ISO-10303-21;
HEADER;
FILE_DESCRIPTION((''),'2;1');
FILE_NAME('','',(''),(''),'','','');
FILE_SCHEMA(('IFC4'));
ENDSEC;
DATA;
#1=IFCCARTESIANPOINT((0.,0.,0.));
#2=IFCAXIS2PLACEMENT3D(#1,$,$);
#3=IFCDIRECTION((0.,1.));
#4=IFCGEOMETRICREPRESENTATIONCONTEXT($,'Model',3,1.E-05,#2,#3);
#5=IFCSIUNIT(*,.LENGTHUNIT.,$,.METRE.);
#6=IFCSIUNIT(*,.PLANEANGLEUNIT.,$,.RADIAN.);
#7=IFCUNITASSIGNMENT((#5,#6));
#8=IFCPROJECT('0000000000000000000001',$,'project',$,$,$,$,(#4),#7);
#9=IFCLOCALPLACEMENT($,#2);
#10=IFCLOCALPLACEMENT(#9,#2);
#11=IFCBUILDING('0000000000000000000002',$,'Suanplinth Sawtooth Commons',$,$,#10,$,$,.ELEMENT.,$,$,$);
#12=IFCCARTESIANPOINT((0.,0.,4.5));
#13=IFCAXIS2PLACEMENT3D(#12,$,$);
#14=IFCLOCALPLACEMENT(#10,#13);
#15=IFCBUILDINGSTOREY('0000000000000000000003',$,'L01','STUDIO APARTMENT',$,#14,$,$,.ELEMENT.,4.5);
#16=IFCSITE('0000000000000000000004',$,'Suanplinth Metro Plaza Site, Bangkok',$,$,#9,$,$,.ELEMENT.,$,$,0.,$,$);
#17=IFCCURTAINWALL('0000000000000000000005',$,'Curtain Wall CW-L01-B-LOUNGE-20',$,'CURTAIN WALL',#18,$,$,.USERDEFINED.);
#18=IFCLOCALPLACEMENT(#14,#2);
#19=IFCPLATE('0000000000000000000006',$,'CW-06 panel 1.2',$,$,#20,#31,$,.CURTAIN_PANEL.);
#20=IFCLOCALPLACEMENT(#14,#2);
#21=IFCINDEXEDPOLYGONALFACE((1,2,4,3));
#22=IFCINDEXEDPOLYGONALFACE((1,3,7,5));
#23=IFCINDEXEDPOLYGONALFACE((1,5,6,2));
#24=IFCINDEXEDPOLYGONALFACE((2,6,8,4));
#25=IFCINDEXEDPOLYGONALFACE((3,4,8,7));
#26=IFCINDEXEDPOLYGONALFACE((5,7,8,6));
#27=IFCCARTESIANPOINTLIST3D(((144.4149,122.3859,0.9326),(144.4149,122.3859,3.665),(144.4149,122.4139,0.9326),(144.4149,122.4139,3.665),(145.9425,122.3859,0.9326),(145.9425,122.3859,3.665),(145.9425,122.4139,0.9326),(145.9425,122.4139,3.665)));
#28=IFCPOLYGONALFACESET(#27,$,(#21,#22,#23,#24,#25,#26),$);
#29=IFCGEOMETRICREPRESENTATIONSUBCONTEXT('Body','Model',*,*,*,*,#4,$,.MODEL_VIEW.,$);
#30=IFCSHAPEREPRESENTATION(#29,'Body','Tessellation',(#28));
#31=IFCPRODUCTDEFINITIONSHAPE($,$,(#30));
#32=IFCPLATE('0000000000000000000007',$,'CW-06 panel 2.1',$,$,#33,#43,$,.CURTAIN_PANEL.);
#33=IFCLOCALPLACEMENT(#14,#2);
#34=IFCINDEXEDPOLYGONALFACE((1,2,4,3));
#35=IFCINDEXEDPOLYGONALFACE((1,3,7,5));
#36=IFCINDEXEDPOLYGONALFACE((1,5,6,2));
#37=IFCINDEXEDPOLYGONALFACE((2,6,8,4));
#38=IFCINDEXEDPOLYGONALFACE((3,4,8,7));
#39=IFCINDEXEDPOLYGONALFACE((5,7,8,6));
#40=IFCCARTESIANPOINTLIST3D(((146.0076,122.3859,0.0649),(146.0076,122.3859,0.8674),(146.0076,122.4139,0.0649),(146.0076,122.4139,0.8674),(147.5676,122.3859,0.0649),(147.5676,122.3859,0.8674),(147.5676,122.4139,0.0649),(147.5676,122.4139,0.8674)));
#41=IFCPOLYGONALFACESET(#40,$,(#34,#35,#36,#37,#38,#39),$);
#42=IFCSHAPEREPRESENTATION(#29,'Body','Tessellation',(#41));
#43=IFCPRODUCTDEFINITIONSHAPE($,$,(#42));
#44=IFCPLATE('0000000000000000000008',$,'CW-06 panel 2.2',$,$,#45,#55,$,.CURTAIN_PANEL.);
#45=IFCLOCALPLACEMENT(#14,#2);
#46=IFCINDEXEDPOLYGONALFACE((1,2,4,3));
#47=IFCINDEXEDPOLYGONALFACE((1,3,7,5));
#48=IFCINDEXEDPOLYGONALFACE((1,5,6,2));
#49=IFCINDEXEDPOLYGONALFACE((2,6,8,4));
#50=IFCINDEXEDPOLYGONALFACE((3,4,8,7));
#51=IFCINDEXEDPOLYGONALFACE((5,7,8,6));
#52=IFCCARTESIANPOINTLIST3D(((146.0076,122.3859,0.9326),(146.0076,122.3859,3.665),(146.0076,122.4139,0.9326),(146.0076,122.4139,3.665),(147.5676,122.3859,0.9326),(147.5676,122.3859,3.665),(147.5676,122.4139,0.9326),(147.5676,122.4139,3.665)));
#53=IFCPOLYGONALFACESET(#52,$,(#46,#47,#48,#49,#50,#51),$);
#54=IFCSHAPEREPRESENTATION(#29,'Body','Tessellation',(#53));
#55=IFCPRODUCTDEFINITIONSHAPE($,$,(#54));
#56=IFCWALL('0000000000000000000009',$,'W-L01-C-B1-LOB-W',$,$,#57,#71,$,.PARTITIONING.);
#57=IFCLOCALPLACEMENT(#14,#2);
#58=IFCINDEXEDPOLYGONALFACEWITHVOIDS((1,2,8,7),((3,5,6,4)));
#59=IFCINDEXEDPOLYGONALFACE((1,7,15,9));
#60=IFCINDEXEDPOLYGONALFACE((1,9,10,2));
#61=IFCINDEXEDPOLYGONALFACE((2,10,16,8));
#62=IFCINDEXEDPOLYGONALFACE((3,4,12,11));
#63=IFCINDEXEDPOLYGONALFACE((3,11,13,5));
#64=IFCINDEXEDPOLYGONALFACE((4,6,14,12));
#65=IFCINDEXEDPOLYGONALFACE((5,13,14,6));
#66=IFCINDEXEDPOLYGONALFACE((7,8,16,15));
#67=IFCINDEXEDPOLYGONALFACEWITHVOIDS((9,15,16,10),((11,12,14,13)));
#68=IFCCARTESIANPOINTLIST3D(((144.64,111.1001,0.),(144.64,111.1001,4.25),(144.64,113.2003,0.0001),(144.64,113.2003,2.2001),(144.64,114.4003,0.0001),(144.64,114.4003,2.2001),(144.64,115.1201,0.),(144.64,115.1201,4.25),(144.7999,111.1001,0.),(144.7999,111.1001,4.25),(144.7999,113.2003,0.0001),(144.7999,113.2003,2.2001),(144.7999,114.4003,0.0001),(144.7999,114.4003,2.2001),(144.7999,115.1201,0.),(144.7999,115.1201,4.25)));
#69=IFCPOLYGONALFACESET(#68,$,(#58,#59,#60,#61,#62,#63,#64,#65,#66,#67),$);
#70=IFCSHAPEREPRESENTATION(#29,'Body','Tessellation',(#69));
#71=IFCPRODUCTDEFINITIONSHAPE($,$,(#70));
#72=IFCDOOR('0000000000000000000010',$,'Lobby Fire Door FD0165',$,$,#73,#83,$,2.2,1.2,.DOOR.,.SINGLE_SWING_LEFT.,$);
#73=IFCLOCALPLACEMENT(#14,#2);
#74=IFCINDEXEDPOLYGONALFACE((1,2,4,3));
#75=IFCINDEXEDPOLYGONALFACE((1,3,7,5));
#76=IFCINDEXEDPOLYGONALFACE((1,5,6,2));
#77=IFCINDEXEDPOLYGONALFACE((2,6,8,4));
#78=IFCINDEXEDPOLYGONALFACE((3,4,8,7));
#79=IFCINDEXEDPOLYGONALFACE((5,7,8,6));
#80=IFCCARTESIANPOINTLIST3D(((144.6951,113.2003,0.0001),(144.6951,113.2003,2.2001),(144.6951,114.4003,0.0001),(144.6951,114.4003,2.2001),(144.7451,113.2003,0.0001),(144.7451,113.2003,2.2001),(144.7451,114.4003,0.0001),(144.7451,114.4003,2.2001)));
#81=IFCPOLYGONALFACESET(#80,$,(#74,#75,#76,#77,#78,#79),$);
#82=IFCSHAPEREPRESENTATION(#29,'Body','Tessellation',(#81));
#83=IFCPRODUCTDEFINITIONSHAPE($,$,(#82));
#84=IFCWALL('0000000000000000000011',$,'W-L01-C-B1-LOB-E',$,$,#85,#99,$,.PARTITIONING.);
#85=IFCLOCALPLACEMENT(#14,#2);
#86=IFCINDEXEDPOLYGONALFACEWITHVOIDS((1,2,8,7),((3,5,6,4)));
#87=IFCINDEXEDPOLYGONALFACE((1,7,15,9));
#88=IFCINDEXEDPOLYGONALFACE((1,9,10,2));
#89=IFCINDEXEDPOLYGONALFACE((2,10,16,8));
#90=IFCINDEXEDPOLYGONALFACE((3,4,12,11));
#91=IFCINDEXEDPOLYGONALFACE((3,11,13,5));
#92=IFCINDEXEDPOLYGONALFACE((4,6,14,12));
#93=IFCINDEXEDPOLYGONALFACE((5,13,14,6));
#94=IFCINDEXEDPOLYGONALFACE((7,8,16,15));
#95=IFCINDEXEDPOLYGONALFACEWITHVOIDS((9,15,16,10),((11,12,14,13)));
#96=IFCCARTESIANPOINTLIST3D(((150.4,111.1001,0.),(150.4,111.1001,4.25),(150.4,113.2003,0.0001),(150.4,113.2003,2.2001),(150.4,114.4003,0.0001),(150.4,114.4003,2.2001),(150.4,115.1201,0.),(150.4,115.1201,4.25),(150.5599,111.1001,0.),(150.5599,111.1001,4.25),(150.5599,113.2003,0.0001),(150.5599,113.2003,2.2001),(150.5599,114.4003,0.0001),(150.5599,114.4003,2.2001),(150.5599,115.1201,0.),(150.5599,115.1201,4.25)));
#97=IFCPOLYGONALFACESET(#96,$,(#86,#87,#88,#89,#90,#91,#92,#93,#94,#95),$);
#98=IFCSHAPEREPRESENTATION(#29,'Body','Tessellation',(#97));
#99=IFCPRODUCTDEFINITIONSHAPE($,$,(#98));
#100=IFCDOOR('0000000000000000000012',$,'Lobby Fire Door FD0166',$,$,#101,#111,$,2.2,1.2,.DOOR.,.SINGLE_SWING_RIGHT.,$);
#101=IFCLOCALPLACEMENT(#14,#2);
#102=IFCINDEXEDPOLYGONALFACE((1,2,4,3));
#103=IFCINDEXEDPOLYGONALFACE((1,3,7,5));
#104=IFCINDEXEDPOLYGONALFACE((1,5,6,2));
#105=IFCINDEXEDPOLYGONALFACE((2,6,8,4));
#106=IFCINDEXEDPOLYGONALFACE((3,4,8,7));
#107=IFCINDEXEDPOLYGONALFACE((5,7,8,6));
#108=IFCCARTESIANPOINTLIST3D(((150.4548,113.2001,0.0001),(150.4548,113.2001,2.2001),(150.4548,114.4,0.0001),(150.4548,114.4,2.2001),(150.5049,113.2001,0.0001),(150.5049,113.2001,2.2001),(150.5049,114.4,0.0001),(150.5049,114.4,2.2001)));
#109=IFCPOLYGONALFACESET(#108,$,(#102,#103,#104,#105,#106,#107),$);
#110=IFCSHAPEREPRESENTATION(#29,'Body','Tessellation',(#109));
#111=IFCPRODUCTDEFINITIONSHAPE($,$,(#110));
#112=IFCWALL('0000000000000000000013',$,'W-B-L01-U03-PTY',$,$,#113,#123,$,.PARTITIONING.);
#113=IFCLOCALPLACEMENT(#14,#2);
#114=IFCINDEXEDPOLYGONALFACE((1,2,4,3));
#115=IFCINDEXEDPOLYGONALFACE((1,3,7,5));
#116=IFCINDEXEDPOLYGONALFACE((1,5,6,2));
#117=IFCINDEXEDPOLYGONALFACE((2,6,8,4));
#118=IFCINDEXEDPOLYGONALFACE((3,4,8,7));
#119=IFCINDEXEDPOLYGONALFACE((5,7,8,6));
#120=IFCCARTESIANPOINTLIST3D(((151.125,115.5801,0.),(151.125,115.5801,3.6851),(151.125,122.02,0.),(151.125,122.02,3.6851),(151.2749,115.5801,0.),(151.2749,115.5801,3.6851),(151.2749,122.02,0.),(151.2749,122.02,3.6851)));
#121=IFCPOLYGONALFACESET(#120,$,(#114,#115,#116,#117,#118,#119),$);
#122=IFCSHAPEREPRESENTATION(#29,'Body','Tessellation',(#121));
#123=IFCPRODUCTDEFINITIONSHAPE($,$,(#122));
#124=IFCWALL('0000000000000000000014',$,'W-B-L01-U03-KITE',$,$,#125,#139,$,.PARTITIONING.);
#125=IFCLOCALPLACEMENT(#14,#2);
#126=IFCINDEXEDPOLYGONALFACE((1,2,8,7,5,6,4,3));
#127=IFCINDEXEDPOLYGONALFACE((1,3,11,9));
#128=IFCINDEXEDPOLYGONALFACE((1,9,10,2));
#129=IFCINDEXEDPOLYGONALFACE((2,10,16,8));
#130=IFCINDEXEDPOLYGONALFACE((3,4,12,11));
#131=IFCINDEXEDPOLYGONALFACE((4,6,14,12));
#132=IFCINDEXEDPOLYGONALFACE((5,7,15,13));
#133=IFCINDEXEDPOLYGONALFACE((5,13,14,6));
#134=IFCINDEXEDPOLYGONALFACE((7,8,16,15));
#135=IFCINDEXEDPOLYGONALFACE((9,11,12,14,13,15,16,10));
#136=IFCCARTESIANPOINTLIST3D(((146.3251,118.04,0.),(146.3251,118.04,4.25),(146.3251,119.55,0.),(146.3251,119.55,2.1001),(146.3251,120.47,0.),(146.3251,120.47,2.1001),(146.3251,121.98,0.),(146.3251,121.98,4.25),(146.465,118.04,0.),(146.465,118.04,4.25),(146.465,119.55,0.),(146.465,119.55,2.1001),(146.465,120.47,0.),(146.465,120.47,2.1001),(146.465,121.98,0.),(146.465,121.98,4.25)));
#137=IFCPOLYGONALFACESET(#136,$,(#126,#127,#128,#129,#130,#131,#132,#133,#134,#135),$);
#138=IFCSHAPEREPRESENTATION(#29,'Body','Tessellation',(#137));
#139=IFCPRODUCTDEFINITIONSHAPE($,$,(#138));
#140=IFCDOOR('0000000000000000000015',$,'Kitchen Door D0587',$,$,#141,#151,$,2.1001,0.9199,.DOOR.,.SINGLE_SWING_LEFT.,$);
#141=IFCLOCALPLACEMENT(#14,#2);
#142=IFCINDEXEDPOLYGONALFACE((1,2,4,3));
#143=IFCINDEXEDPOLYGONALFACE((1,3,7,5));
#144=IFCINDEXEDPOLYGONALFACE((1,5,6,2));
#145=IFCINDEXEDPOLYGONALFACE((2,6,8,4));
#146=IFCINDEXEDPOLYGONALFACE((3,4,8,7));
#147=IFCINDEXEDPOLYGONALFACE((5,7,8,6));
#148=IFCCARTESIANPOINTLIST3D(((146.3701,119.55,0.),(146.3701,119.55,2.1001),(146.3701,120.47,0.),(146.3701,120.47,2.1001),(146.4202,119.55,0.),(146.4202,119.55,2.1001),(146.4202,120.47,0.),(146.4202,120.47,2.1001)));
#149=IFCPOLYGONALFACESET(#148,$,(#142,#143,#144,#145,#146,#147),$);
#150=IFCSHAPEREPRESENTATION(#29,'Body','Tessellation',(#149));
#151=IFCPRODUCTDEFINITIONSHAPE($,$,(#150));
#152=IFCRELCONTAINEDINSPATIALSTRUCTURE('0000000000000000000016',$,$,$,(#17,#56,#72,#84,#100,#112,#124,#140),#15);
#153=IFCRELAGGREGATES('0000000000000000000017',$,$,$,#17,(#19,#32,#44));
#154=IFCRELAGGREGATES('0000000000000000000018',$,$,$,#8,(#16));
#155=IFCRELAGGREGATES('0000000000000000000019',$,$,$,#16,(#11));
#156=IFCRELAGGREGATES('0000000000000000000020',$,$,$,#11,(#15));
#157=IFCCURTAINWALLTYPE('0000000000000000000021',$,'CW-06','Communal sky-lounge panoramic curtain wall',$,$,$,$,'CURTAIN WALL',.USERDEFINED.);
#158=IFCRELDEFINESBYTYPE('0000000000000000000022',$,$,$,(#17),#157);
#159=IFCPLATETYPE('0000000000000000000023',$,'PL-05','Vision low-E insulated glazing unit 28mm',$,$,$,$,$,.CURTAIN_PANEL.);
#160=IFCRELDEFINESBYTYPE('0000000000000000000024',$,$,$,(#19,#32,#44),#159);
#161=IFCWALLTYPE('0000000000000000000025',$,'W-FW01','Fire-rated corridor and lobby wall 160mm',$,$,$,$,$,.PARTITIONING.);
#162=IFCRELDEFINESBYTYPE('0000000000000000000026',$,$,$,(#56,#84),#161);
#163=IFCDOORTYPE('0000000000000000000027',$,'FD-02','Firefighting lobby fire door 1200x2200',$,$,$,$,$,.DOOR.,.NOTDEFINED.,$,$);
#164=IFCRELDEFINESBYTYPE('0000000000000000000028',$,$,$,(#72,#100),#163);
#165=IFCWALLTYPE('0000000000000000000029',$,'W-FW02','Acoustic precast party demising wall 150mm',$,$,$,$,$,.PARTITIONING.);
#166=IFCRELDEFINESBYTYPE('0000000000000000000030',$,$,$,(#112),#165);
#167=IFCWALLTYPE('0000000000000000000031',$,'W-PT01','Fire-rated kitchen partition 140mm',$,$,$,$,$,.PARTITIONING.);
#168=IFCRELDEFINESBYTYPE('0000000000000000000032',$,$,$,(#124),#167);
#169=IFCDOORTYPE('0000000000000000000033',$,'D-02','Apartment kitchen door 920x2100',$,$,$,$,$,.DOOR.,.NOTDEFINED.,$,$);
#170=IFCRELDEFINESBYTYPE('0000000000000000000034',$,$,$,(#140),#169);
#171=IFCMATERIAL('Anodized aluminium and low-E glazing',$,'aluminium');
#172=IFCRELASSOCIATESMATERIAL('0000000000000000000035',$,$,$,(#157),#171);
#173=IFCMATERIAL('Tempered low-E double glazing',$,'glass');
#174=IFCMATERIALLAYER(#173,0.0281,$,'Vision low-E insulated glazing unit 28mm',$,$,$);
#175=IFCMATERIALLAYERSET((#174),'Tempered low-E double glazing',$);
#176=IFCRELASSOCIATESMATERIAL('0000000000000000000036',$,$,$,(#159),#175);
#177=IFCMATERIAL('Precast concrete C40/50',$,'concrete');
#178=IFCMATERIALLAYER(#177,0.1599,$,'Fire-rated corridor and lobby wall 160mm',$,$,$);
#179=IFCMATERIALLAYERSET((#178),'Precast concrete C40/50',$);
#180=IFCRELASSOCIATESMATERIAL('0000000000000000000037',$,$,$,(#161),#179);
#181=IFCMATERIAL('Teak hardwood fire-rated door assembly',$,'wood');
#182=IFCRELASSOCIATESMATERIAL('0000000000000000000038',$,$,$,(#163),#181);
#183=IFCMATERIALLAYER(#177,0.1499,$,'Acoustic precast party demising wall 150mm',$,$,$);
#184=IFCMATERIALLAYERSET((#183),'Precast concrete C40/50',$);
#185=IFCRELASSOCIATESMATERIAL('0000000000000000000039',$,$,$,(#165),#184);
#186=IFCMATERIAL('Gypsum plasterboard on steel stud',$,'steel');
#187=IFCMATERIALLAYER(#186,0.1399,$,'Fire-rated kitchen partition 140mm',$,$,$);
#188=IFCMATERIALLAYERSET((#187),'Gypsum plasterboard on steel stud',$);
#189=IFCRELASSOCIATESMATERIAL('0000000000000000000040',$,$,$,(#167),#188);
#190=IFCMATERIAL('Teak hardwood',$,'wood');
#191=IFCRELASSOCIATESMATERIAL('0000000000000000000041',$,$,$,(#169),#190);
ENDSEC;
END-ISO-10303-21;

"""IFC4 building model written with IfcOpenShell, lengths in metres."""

from ifc_helpers import new_model, si_unit, direction, frame, frame_2d, origin, origin_2d, place, context, subcontext, project, spatial, rectangle, extrude, material, layer, layer_set, type_object, element, fill, aggregate, save


model = new_model("IFC4")

# Units and contexts
model_context = context("Model", 3, precision=1e-05, world=origin(), true_north=direction((0.0, 1.0)))
body_context = subcontext(model_context, "Body", "Model", "MODEL_VIEW")
ifc_project = project(units=[si_unit("LENGTHUNIT", "METRE"), si_unit("PLANEANGLEUNIT", "RADIAN")], contexts=[model_context])

# Site, building, storey
site_placement = place(None, origin())
site = spatial("IfcSite", under=ifc_project, at=site_placement, Name="Suanplinth Metro Plaza Site, Bangkok", CompositionType="ELEMENT", RefElevation=0.0)
building_placement = place(site_placement, origin())
building = spatial("IfcBuilding", under=site, at=building_placement, Name="Suanplinth Sawtooth Commons", CompositionType="ELEMENT")
storey_placement = place(building_placement, frame((0.0, 0.0, 4.5)))
storey = spatial("IfcBuildingStorey", under=building, at=storey_placement, Name="L01", Description="STUDIO APARTMENT", CompositionType="ELEMENT", Elevation=4.5)

# Curtain wall, plates
ifc_material_1 = material(Name="Anodized aluminium and low-E glazing", Category="aluminium")
curtain_wall_type = type_object("IfcCurtainWallType", Name="CW-06", Description="Communal sky-lounge panoramic curtain wall", ElementType="CURTAIN WALL", PredefinedType="USERDEFINED", material=ifc_material_1)
curtain_wall_placement = place(storey_placement, origin())
curtain_wall = element("IfcCurtainWall", 1, at=curtain_wall_placement, inside=storey, type_object=curtain_wall_type, Name="Curtain Wall CW-L01-B-LOUNGE-20", ObjectType="CURTAIN WALL", PredefinedType="USERDEFINED")
ifc_material_2 = material(Name="Tempered low-E double glazing", Category="glass")
ifc_layer_1 = layer(ifc_material_2, 0.0281, Name="Vision low-E insulated glazing unit 28mm")
ifc_layer_set_1 = layer_set([ifc_layer_1], Name="Tempered low-E double glazing")
plate_type = type_object("IfcPlateType", Name="PL-05", Description="Vision low-E insulated glazing unit 28mm", PredefinedType="CURTAIN_PANEL", material=ifc_layer_set_1)
plate_1_placement = place(storey_placement, frame((145.1787, 122.3999, 0.9326), z_axis=(0.0, 0.0, 1.0), x_axis=(1.0, 0.0, 0.0)))
plate_1 = element("IfcPlate", 2, at=plate_1_placement, type_object=plate_type, Name="CW-06 panel 1.2", PredefinedType="CURTAIN_PANEL", context=body_context, shape_type="SweptSolid", body=[
    extrude(rectangle(XDim=1.5276, YDim=0.0281, at=origin_2d()), origin(), (0.0, 0.0, 1.0), 2.7324),
])
plate_2_placement = place(storey_placement, frame((146.7876, 122.3999, 0.0649), z_axis=(0.0, 0.0, 1.0), x_axis=(1.0, 0.0, 0.0)))
plate_2 = element("IfcPlate", 3, at=plate_2_placement, type_object=plate_type, Name="CW-06 panel 2.1", PredefinedType="CURTAIN_PANEL", context=body_context, shape_type="SweptSolid", body=[
    extrude(rectangle(XDim=1.5601, YDim=0.0281, at=origin_2d()), origin(), (0.0, 0.0, 1.0), 0.8025),
])
plate_3_placement = place(storey_placement, frame((146.7876, 122.3999, 0.9326), z_axis=(0.0, 0.0, 1.0), x_axis=(1.0, 0.0, 0.0)))
plate_3 = element("IfcPlate", 4, at=plate_3_placement, type_object=plate_type, Name="CW-06 panel 2.2", PredefinedType="CURTAIN_PANEL", context=body_context, shape_type="SweptSolid", body=[
    extrude(rectangle(XDim=1.5601, YDim=0.0281, at=origin_2d()), origin(), (0.0, 0.0, 1.0), 2.7324),
])
aggregate(curtain_wall, [plate_1, plate_2, plate_3])

# Walls, openings, doors
ifc_material_3 = material(Name="Precast concrete C40/50", Category="concrete")
ifc_layer_2 = layer(ifc_material_3, 0.1599, Name="Fire-rated corridor and lobby wall 160mm")
ifc_layer_set_2 = layer_set([ifc_layer_2], Name="Precast concrete C40/50")
wall_type_1 = type_object("IfcWallType", Name="W-FW01", Description="Fire-rated corridor and lobby wall 160mm", PredefinedType="PARTITIONING", material=ifc_layer_set_2)
wall_1_placement = place(storey_placement, frame((144.72, 111.1001, 0.0), z_axis=(0.0, 0.0, 1.0), x_axis=(0.0, 1.0, 0.0)))
wall_1 = element("IfcWall", 5, at=wall_1_placement, inside=storey, type_object=wall_type_1, Name="W-L01-C-B1-LOB-W", PredefinedType="PARTITIONING", context=body_context, shape_type="SweptSolid", body=[
    extrude(rectangle(XDim=4.02, YDim=0.1599, at=frame_2d((2.01, 0.0))), origin(), (0.0, 0.0, 1.0), 4.25),
])
opening_1_placement = place(wall_1_placement, frame((2.1001, 0.0, 0.0)))
opening_1 = element("IfcOpeningElement", 6, at=opening_1_placement, cuts=wall_1, PredefinedType="OPENING", context=body_context, shape_type="SweptSolid", body=[
    extrude(rectangle(XDim=1.2, YDim=2.2, at=frame_2d((0.6001, 1.1001))), frame((0.0, 0.0947, 0.0), z_axis=(0.0, -1.0, 0.0), x_axis=(1.0, 0.0, 0.0)), (0.0, 0.0, 1.0), 0.1897),
])
ifc_material_4 = material(Name="Teak hardwood fire-rated door assembly", Category="wood")
door_type_1 = type_object("IfcDoorType", Name="FD-02", Description="Firefighting lobby fire door 1200x2200", OperationType="NOTDEFINED", PredefinedType="DOOR", material=ifc_material_4)
door_1_placement = place(opening_1_placement, origin())
door_1 = element("IfcDoor", 7, at=door_1_placement, inside=storey, type_object=door_type_1, Name="Lobby Fire Door FD0165", OperationType="SINGLE_SWING_LEFT", OverallHeight=2.2, OverallWidth=1.2, PredefinedType="DOOR", context=body_context, shape_type="SweptSolid", body=[
    extrude(rectangle(XDim=1.2, YDim=2.2, at=frame_2d((0.6001, 1.1001))), frame((0.0, 0.0249, 0.0), z_axis=(0.0, -1.0, 0.0), x_axis=(1.0, 0.0, 0.0)), (0.0, 0.0, 1.0), 0.05),
])
fill(opening_1, door_1)
wall_2_placement = place(storey_placement, frame((150.48, 111.1001, 0.0), z_axis=(0.0, 0.0, 1.0), x_axis=(0.0, 1.0, 0.0)))
wall_2 = element("IfcWall", 8, at=wall_2_placement, inside=storey, type_object=wall_type_1, Name="W-L01-C-B1-LOB-E", PredefinedType="PARTITIONING", context=body_context, shape_type="SweptSolid", body=[
    extrude(rectangle(XDim=4.02, YDim=0.1599, at=frame_2d((2.01, 0.0))), origin(), (0.0, 0.0, 1.0), 4.25),
])
opening_2_placement = place(wall_2_placement, frame((2.1001, 0.0, 0.0)))
opening_2 = element("IfcOpeningElement", 9, at=opening_2_placement, cuts=wall_2, PredefinedType="OPENING", context=body_context, shape_type="SweptSolid", body=[
    extrude(rectangle(XDim=1.2, YDim=2.2, at=frame_2d((0.6001, 1.1001))), frame((0.0, 0.0947, 0.0), z_axis=(0.0, -1.0, 0.0), x_axis=(1.0, 0.0, 0.0)), (0.0, 0.0, 1.0), 0.1897),
])
door_2_placement = place(opening_2_placement, frame((1.2, 0.0, 0.0), z_axis=(0.0, 0.0, 1.0), x_axis=(-1.0, 0.0, 0.0)))
door_2 = element("IfcDoor", 10, at=door_2_placement, inside=storey, type_object=door_type_1, Name="Lobby Fire Door FD0166", OperationType="SINGLE_SWING_RIGHT", OverallHeight=2.2, OverallWidth=1.2, PredefinedType="DOOR", context=body_context, shape_type="SweptSolid", body=[
    extrude(rectangle(XDim=1.2, YDim=2.2, at=frame_2d((0.6001, 1.1001))), frame((0.0, 0.0249, 0.0), z_axis=(0.0, -1.0, 0.0), x_axis=(1.0, 0.0, 0.0)), (0.0, 0.0, 1.0), 0.05),
])
fill(opening_2, door_2)

# Wall
ifc_layer_3 = layer(ifc_material_3, 0.1499, Name="Acoustic precast party demising wall 150mm")
ifc_layer_set_3 = layer_set([ifc_layer_3], Name="Precast concrete C40/50")
wall_type_2 = type_object("IfcWallType", Name="W-FW02", Description="Acoustic precast party demising wall 150mm", PredefinedType="PARTITIONING", material=ifc_layer_set_3)
wall_3_placement = place(storey_placement, frame((151.2, 115.5801, 0.0), z_axis=(0.0, 0.0, 1.0), x_axis=(0.0, 1.0, 0.0)))
element("IfcWall", 11, at=wall_3_placement, inside=storey, type_object=wall_type_2, Name="W-B-L01-U03-PTY", PredefinedType="PARTITIONING", context=body_context, shape_type="SweptSolid", body=[
    extrude(rectangle(XDim=6.4399, YDim=0.1499, at=frame_2d((3.22, 0.0))), origin(), (0.0, 0.0, 1.0), 3.6851),
])

# Wall, opening, door
ifc_material_5 = material(Name="Gypsum plasterboard on steel stud", Category="steel")
ifc_layer_4 = layer(ifc_material_5, 0.1399, Name="Fire-rated kitchen partition 140mm")
ifc_layer_set_4 = layer_set([ifc_layer_4], Name="Gypsum plasterboard on steel stud")
wall_type_3 = type_object("IfcWallType", Name="W-PT01", Description="Fire-rated kitchen partition 140mm", PredefinedType="PARTITIONING", material=ifc_layer_set_4)
wall_4_placement = place(storey_placement, frame((146.395, 118.04, 0.0), z_axis=(0.0, 0.0, 1.0), x_axis=(0.0, 1.0, 0.0)))
wall_4 = element("IfcWall", 12, at=wall_4_placement, inside=storey, type_object=wall_type_3, Name="W-B-L01-U03-KITE", PredefinedType="PARTITIONING", context=body_context, shape_type="SweptSolid", body=[
    extrude(rectangle(XDim=3.9399, YDim=0.1399, at=frame_2d((1.97, 0.0))), origin(), (0.0, 0.0, 1.0), 4.25),
])
opening_3_placement = place(wall_4_placement, frame((1.51, 0.0, 0.0)))
opening_3 = element("IfcOpeningElement", 13, at=opening_3_placement, cuts=wall_4, PredefinedType="OPENING", context=body_context, shape_type="SweptSolid", body=[
    extrude(rectangle(XDim=0.9199, YDim=2.1001, at=frame_2d((0.46, 1.05))), frame((0.0, 0.085, 0.0), z_axis=(0.0, -1.0, 0.0), x_axis=(1.0, 0.0, 0.0)), (0.0, 0.0, 1.0), 0.1697),
])
ifc_material_6 = material(Name="Teak hardwood", Category="wood")
door_type_2 = type_object("IfcDoorType", Name="D-02", Description="Apartment kitchen door 920x2100", OperationType="NOTDEFINED", PredefinedType="DOOR", material=ifc_material_6)
door_3_placement = place(opening_3_placement, origin())
door_3 = element("IfcDoor", 14, at=door_3_placement, inside=storey, type_object=door_type_2, Name="Kitchen Door D0587", OperationType="SINGLE_SWING_LEFT", OverallHeight=2.1001, OverallWidth=0.9199, PredefinedType="DOOR", context=body_context, shape_type="SweptSolid", body=[
    extrude(rectangle(XDim=0.9199, YDim=2.1001, at=frame_2d((0.46, 1.05))), frame((0.0, 0.0249, 0.0), z_axis=(0.0, -1.0, 0.0), x_axis=(1.0, 0.0, 0.0)), (0.0, 0.0, 1.0), 0.05),
])
fill(opening_3, door_3)

save(model, "model.ifc")
